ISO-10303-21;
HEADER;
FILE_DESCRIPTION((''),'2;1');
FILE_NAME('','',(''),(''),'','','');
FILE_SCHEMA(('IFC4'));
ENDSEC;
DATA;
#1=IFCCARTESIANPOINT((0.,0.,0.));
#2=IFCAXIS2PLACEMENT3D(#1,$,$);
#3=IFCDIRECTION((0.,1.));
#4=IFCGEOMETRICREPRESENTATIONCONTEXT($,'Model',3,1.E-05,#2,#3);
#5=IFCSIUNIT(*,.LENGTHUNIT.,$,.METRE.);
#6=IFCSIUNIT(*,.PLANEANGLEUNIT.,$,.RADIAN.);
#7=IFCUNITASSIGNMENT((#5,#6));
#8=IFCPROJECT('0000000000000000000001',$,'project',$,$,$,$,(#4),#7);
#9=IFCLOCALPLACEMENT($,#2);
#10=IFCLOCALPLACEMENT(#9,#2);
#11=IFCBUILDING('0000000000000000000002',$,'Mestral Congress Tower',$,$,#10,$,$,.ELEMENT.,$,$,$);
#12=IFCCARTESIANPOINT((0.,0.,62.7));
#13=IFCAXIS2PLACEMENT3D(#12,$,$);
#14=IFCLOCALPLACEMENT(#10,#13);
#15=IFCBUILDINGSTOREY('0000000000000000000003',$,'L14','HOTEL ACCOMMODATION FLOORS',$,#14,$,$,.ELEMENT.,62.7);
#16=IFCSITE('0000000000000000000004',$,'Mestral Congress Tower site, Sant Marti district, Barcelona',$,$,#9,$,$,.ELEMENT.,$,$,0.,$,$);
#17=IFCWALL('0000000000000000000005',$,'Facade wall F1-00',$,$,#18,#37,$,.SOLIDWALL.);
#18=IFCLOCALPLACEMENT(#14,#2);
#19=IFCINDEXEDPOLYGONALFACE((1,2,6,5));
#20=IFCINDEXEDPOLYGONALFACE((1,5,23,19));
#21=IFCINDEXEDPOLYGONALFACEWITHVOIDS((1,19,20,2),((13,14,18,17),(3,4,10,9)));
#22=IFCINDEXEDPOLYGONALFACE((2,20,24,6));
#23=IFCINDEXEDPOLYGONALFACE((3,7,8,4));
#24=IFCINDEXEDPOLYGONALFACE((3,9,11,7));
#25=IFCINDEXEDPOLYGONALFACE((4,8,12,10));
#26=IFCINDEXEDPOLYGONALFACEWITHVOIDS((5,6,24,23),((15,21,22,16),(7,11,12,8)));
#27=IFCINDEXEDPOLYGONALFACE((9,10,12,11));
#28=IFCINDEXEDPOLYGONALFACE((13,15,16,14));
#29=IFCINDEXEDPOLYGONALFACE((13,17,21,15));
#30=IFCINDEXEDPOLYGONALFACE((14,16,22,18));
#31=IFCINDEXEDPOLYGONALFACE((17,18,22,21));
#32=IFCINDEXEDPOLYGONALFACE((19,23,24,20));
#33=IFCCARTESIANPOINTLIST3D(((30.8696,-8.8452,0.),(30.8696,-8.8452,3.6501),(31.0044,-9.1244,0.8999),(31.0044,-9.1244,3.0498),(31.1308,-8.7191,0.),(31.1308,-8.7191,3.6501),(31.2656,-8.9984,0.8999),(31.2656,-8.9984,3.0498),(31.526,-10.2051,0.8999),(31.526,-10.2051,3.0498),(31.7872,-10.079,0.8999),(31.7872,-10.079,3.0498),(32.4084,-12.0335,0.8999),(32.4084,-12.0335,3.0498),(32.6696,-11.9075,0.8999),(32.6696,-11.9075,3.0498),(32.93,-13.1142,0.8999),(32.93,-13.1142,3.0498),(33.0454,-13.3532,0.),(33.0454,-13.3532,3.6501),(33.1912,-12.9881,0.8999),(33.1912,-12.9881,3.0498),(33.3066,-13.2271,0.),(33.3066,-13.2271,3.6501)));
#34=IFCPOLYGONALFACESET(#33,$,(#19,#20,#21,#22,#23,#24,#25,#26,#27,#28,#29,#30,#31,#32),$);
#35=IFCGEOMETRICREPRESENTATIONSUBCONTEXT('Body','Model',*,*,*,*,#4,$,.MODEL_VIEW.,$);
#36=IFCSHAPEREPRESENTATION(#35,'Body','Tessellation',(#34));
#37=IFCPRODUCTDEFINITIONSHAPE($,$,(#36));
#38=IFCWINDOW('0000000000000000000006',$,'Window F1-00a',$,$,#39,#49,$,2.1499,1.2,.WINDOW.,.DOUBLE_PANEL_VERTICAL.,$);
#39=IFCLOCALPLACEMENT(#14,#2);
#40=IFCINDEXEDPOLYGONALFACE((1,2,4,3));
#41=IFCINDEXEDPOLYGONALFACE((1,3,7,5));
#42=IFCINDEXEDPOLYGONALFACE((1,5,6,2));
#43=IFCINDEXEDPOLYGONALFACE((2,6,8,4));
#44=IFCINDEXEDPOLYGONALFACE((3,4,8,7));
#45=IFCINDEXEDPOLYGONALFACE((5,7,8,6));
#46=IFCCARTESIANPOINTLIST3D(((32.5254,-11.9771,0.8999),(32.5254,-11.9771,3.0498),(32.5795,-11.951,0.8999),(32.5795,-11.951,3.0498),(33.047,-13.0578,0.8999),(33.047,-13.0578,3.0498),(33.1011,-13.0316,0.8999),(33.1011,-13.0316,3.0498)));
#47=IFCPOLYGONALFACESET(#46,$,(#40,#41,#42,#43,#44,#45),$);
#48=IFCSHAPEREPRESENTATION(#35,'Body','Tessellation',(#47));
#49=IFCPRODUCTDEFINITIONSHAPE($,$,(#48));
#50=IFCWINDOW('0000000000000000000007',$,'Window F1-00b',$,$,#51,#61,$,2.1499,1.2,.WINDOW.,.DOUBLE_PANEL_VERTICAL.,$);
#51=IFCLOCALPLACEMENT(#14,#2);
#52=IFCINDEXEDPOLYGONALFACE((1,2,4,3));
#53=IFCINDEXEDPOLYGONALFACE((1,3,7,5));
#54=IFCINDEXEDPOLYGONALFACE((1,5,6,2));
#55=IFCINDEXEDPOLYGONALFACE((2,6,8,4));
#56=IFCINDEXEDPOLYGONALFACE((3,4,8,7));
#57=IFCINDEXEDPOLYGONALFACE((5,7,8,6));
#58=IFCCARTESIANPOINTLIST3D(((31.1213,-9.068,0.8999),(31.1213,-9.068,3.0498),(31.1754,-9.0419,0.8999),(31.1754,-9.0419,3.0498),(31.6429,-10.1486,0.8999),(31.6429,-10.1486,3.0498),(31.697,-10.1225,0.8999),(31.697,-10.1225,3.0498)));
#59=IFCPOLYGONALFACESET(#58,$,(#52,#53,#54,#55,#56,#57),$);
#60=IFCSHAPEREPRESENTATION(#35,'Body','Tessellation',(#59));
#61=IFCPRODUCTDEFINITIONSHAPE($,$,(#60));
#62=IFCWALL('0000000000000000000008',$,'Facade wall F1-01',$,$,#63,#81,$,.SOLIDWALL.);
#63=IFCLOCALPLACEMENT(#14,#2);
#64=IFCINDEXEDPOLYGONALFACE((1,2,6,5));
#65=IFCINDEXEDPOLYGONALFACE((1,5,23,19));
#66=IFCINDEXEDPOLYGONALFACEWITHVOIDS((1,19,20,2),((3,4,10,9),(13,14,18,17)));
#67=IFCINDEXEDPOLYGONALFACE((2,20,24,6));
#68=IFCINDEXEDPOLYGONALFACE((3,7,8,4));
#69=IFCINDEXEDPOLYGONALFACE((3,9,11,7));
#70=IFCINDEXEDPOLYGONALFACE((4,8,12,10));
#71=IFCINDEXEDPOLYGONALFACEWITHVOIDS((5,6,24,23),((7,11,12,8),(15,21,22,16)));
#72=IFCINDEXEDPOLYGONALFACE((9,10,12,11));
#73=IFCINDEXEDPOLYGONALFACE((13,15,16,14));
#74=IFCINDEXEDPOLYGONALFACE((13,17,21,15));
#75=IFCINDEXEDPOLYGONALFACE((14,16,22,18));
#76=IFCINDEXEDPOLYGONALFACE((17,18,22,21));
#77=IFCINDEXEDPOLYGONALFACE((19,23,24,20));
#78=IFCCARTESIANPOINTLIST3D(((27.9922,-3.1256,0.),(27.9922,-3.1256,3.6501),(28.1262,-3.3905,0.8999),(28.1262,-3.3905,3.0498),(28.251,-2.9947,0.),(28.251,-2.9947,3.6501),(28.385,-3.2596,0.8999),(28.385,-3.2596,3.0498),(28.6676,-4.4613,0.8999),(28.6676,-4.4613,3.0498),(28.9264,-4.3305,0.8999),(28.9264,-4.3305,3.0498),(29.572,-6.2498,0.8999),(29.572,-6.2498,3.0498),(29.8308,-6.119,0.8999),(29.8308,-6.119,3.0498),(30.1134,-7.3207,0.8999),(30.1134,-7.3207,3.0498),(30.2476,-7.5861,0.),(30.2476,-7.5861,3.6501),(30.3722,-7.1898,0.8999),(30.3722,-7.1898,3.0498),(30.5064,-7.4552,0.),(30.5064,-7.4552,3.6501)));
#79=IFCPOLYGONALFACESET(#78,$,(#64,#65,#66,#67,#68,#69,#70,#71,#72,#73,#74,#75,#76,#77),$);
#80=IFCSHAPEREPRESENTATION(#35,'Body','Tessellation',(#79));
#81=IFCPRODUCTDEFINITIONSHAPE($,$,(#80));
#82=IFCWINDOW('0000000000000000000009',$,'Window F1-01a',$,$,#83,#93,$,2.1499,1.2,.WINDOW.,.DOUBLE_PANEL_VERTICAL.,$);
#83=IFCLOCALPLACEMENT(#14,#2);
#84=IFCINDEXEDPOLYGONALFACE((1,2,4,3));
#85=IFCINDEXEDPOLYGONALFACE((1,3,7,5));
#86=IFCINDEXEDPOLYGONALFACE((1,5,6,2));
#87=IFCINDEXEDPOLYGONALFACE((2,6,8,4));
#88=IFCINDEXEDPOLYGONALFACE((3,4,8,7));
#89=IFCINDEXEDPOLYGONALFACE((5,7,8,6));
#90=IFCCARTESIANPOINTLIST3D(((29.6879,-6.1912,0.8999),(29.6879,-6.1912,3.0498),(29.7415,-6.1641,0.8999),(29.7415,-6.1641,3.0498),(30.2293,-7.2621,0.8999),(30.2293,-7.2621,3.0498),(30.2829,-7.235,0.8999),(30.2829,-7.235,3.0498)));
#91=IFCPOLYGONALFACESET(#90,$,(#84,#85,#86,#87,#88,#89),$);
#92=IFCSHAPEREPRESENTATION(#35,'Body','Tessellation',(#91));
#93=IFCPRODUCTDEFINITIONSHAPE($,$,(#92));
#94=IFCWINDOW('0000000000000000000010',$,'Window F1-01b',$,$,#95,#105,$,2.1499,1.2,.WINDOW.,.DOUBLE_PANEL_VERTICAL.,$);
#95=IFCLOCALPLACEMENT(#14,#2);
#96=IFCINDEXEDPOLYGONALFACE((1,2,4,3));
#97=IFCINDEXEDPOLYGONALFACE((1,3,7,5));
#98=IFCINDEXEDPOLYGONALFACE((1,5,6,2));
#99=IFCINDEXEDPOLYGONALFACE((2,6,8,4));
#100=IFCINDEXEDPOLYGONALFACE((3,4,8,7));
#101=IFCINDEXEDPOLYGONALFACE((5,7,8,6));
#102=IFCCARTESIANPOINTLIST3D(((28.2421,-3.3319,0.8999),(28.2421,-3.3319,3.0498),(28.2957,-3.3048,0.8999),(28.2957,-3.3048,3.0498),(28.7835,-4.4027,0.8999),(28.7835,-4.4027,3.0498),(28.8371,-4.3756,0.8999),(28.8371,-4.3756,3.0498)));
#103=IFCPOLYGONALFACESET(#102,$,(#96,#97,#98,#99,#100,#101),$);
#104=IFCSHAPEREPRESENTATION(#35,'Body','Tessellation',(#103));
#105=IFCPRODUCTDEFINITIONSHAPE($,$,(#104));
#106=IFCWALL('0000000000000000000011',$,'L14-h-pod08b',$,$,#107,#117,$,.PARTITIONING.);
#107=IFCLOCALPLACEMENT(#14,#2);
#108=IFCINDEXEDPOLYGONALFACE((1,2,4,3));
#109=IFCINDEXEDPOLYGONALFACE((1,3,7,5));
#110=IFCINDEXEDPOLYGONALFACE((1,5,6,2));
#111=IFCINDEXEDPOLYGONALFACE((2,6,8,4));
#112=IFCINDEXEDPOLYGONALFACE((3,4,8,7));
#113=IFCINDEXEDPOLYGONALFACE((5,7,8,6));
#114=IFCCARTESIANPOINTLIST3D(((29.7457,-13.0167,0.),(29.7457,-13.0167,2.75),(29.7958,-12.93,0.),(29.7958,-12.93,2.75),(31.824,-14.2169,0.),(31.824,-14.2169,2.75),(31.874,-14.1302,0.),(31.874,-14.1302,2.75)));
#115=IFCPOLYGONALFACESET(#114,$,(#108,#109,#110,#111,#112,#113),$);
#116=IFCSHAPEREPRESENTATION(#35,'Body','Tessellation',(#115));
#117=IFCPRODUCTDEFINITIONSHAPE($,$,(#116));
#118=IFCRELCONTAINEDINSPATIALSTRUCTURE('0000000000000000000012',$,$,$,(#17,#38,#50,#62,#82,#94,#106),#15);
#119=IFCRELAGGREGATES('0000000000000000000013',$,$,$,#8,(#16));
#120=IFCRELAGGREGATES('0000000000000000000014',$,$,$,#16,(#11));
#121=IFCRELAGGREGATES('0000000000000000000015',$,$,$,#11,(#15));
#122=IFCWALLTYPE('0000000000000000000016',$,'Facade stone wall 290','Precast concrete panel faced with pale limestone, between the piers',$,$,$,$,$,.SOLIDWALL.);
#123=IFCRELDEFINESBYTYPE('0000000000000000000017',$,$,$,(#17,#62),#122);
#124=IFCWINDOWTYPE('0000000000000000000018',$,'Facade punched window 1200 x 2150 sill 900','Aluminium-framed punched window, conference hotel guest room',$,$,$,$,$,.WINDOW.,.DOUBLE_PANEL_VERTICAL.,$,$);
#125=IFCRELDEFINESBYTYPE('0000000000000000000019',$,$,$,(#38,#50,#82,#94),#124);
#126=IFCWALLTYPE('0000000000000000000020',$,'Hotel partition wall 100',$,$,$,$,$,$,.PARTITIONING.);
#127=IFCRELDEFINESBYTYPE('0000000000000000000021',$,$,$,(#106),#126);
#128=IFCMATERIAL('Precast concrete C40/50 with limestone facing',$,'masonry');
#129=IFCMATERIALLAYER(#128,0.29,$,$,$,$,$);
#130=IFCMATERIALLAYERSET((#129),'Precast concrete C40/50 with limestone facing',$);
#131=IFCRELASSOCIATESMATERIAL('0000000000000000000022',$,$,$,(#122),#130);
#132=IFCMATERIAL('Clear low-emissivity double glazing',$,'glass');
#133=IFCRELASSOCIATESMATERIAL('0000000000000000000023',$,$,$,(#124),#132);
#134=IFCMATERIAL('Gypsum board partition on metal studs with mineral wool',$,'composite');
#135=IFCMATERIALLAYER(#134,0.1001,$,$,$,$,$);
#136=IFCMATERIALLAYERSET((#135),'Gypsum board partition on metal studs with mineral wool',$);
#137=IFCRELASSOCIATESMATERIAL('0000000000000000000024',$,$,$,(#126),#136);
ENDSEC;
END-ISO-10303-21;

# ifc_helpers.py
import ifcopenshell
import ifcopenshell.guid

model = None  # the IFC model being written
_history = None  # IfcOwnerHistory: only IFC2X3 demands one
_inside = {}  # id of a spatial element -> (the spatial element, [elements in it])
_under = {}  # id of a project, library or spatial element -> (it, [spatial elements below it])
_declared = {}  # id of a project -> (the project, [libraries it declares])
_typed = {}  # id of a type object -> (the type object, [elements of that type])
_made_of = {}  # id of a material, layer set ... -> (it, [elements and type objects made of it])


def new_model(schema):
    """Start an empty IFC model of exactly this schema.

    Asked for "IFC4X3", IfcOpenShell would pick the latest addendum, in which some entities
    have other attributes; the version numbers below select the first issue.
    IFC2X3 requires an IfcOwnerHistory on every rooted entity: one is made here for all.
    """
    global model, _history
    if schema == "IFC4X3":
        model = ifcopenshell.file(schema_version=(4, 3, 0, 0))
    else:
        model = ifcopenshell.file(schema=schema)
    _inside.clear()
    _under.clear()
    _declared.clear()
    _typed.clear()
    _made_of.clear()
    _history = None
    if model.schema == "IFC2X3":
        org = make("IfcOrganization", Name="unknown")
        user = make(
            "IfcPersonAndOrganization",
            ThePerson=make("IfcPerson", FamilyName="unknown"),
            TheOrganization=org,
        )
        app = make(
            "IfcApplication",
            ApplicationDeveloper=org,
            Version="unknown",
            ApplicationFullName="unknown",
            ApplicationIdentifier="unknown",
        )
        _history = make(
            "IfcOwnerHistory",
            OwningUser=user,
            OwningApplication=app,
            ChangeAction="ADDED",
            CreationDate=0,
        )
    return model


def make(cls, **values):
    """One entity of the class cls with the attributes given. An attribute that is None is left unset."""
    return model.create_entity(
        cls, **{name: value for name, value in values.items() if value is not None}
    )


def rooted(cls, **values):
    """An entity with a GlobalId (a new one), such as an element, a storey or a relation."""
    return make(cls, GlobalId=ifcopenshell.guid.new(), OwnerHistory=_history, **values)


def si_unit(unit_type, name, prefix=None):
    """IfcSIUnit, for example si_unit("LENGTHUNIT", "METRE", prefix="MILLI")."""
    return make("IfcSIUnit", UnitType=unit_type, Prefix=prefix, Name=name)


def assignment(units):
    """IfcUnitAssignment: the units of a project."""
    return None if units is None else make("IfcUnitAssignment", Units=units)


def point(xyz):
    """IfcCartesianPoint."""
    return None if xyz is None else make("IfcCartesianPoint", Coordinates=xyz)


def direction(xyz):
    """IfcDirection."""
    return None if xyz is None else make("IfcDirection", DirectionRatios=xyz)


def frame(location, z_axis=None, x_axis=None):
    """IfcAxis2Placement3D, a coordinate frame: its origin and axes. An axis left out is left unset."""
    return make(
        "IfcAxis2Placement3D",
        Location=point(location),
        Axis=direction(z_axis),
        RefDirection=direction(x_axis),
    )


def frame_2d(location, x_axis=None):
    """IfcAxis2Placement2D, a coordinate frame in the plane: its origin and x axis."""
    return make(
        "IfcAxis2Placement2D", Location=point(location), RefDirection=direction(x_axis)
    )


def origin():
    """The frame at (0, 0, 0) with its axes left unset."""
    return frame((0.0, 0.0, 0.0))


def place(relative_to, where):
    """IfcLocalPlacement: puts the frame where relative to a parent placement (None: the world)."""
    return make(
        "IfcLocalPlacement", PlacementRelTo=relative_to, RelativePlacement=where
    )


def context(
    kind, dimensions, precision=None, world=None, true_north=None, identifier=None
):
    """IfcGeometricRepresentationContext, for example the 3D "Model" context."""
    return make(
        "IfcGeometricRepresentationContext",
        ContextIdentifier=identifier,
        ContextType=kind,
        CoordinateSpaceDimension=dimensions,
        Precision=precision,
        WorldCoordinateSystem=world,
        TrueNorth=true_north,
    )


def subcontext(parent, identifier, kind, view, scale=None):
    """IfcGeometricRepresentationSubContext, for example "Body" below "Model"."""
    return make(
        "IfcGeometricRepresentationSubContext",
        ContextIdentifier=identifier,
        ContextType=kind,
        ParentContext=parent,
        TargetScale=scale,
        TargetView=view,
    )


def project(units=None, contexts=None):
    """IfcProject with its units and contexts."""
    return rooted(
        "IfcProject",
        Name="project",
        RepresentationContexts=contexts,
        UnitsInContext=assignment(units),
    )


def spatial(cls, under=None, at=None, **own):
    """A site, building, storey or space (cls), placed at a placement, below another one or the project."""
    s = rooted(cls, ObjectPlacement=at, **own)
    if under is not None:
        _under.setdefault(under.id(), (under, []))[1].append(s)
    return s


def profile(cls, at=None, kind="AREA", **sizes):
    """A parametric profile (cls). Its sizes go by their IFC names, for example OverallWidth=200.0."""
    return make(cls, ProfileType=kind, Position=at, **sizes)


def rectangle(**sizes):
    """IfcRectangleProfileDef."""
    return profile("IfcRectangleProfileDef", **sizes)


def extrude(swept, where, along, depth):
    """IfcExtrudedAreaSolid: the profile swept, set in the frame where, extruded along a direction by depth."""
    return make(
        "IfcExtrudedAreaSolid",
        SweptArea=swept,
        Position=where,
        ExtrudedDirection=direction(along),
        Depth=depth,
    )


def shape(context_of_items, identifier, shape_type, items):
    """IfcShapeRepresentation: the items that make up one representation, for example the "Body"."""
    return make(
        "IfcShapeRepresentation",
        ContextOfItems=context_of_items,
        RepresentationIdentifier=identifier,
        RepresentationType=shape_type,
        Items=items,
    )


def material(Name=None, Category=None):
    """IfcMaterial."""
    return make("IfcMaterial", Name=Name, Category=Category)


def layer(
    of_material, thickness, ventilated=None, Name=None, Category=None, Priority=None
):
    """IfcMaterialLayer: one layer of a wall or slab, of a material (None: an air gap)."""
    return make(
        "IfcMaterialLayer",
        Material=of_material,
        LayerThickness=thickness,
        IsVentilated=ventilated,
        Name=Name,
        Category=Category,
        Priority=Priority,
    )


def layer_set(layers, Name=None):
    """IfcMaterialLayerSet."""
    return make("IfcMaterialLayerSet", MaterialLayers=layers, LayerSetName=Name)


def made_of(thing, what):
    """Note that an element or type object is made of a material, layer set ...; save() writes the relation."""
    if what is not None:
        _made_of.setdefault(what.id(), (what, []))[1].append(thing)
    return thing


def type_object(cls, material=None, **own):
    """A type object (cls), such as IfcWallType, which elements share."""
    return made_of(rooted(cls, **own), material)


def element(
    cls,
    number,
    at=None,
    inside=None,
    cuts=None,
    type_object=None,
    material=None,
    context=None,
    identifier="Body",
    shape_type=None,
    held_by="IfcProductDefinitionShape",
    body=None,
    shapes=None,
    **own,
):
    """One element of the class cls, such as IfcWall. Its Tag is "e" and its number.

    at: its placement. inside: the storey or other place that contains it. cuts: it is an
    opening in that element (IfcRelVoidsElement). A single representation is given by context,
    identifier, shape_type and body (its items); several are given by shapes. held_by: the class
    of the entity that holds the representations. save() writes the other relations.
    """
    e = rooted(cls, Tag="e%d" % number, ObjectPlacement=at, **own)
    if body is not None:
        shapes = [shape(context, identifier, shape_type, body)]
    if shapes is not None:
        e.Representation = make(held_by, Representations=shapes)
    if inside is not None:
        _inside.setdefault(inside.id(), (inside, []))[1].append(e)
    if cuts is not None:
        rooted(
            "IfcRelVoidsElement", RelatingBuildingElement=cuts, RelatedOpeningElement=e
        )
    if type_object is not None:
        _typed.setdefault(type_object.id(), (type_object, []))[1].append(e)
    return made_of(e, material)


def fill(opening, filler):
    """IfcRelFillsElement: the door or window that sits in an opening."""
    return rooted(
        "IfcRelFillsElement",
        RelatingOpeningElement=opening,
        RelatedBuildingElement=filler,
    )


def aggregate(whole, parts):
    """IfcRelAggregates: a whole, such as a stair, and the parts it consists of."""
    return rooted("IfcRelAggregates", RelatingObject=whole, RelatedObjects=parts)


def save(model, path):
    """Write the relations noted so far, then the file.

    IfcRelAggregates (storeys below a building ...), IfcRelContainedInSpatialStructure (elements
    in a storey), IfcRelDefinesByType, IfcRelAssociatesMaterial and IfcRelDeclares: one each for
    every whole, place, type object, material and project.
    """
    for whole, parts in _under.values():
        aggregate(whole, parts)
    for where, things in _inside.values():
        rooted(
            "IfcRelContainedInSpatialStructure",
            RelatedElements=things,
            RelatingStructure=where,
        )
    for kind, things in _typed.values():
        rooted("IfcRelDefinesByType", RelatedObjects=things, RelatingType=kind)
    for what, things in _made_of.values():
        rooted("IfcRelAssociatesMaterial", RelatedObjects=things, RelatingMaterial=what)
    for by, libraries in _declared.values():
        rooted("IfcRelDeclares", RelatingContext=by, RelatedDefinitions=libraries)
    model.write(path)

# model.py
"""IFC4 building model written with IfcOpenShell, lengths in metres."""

from ifc_helpers import new_model, si_unit, direction, frame, frame_2d, origin, place, context, subcontext, project, spatial, rectangle, extrude, material, layer, layer_set, type_object, element, fill, save


model = new_model("IFC4")

# Units and contexts
model_context = context("Model", 3, precision=1e-05, world=origin(), true_north=direction((0.0, 1.0)))
body_context = subcontext(model_context, "Body", "Model", "MODEL_VIEW")
ifc_project = project(units=[si_unit("LENGTHUNIT", "METRE"), si_unit("PLANEANGLEUNIT", "RADIAN")], contexts=[model_context])

# Site, building, storey
site_placement = place(None, origin())
site = spatial("IfcSite", under=ifc_project, at=site_placement, Name="Mestral Congress Tower site, Sant Marti district, Barcelona", CompositionType="ELEMENT", RefElevation=0.0)
building_placement = place(site_placement, origin())
building = spatial("IfcBuilding", under=site, at=building_placement, Name="Mestral Congress Tower", CompositionType="ELEMENT")
storey_placement = place(building_placement, frame((0.0, 0.0, 62.7)))
storey = spatial("IfcBuildingStorey", under=building, at=storey_placement, Name="L14", Description="HOTEL ACCOMMODATION FLOORS", CompositionType="ELEMENT", Elevation=62.7)

# Shared definitions
ifc_material_1 = material(Name="Precast concrete C40/50 with limestone facing", Category="masonry")
ifc_layer_1 = layer(ifc_material_1, 0.29)
ifc_layer_set_1 = layer_set([ifc_layer_1], Name="Precast concrete C40/50 with limestone facing")
wall_type_1 = type_object("IfcWallType", Name="Facade stone wall 290", Description="Precast concrete panel faced with pale limestone, between the piers", PredefinedType="SOLIDWALL", material=ifc_layer_set_1)
ifc_material_2 = material(Name="Clear low-emissivity double glazing", Category="glass")

# Walls, openings, windows
wall_1_placement = place(storey_placement, frame((33.176, -13.2903, 0.0), z_axis=(0.0, 0.0, 1.0), x_axis=(-0.434664, 0.900592, 0.0)))
wall_1 = element("IfcWall", 1, at=wall_1_placement, inside=storey, type_object=wall_type_1, Name="Facade wall F1-00", PredefinedType="SOLIDWALL", context=body_context, shape_type="SweptSolid", body=[
    extrude(rectangle(XDim=5.0056, YDim=0.29, at=frame_2d((2.5029, 0.0))), origin(), (0.0, 0.0, 1.0), 3.6501),
])
opening_1_placement = place(wall_1_placement, frame((0.2654, 0.0, 0.8999)))
opening_1 = element("IfcOpeningElement", 2, at=opening_1_placement, cuts=wall_1, PredefinedType="OPENING", context=body_context, shape_type="SweptSolid", body=[
    extrude(rectangle(XDim=1.2, YDim=2.1499, at=frame_2d((0.6001, 1.075))), frame((0.0, 0.155, 0.0), z_axis=(0.0, -1.0, 0.0), x_axis=(1.0, 0.0, 0.0)), (0.0, 0.0, 1.0), 0.3101),
])
opening_2_placement = place(wall_1_placement, frame((3.4956, 0.0, 0.8999)))
opening_2 = element("IfcOpeningElement", 3, at=opening_2_placement, cuts=wall_1, PredefinedType="OPENING", context=body_context, shape_type="SweptSolid", body=[
    extrude(rectangle(XDim=1.2, YDim=2.1499, at=frame_2d((0.6001, 1.075))), frame((0.0, 0.155, 0.0), z_axis=(0.0, -1.0, 0.0), x_axis=(1.0, 0.0, 0.0)), (0.0, 0.0, 1.0), 0.3101),
])
window_type_1 = type_object("IfcWindowType", Name="Facade punched window 1200 x 2150 sill 900", Description="Aluminium-framed punched window, conference hotel guest room", PartitioningType="DOUBLE_PANEL_VERTICAL", PredefinedType="WINDOW", material=ifc_material_2)
window_1_placement = place(opening_1_placement, origin())
window_1 = element("IfcWindow", 4, at=window_1_placement, inside=storey, type_object=window_type_1, Name="Window F1-00a", OverallHeight=2.1499, OverallWidth=1.2, PartitioningType="DOUBLE_PANEL_VERTICAL", PredefinedType="WINDOW", context=body_context, shape_type="SweptSolid", body=[
    extrude(rectangle(XDim=1.2, YDim=2.1499, at=frame_2d((0.6001, 1.075))), frame((0.0, 0.0151, 0.0), z_axis=(0.0, -1.0, 0.0), x_axis=(1.0, 0.0, 0.0)), (0.0, 0.0, 1.0), 0.0601),
])
fill(opening_1, window_1)
window_2_placement = place(opening_2_placement, origin())
window_2 = element("IfcWindow", 5, at=window_2_placement, inside=storey, type_object=window_type_1, Name="Window F1-00b", OverallHeight=2.1499, OverallWidth=1.2, PartitioningType="DOUBLE_PANEL_VERTICAL", PredefinedType="WINDOW", context=body_context, shape_type="SweptSolid", body=[
    extrude(rectangle(XDim=1.2, YDim=2.1499, at=frame_2d((0.6001, 1.075))), frame((0.0, 0.0151, 0.0), z_axis=(0.0, -1.0, 0.0), x_axis=(1.0, 0.0, 0.0)), (0.0, 0.0, 1.0), 0.0601),
])
fill(opening_2, window_2)
wall_2_placement = place(storey_placement, frame((30.377, -7.5205, 0.0), z_axis=(0.0, 0.0, 1.0), x_axis=(-0.451234, 0.892406, 0.0)))
wall_2 = element("IfcWall", 6, at=wall_2_placement, inside=storey, type_object=wall_type_1, Name="Facade wall F1-01", PredefinedType="SOLIDWALL", context=body_context, shape_type="SweptSolid", body=[
    extrude(rectangle(XDim=4.9983, YDim=0.29, at=frame_2d((2.499, 0.0))), origin(), (0.0, 0.0, 1.0), 3.6501),
])
opening_3_placement = place(wall_2_placement, frame((0.2971, 0.0, 0.8999)))
opening_3 = element("IfcOpeningElement", 7, at=opening_3_placement, cuts=wall_2, PredefinedType="OPENING", context=body_context, shape_type="SweptSolid", body=[
    extrude(rectangle(XDim=1.2, YDim=2.1499, at=frame_2d((0.6001, 1.075))), frame((0.0, 0.155, 0.0), z_axis=(0.0, -1.0, 0.0), x_axis=(1.0, 0.0, 0.0)), (0.0, 0.0, 1.0), 0.3101),
])
opening_4_placement = place(wall_2_placement, frame((3.5012, 0.0, 0.8999)))
opening_4 = element("IfcOpeningElement", 8, at=opening_4_placement, cuts=wall_2, PredefinedType="OPENING", context=body_context, shape_type="SweptSolid", body=[
    extrude(rectangle(XDim=1.2, YDim=2.1499, at=frame_2d((0.6001, 1.075))), frame((0.0, 0.155, 0.0), z_axis=(0.0, -1.0, 0.0), x_axis=(1.0, 0.0, 0.0)), (0.0, 0.0, 1.0), 0.3101),
])
window_3_placement = place(opening_3_placement, origin())
window_3 = element("IfcWindow", 9, at=window_3_placement, inside=storey, type_object=window_type_1, Name="Window F1-01a", OverallHeight=2.1499, OverallWidth=1.2, PartitioningType="DOUBLE_PANEL_VERTICAL", PredefinedType="WINDOW", context=body_context, shape_type="SweptSolid", body=[
    extrude(rectangle(XDim=1.2, YDim=2.1499, at=frame_2d((0.6001, 1.075))), frame((0.0, 0.0151, 0.0), z_axis=(0.0, -1.0, 0.0), x_axis=(1.0, 0.0, 0.0)), (0.0, 0.0, 1.0), 0.0601),
])
fill(opening_3, window_3)
window_4_placement = place(opening_4_placement, origin())
window_4 = element("IfcWindow", 10, at=window_4_placement, inside=storey, type_object=window_type_1, Name="Window F1-01b", OverallHeight=2.1499, OverallWidth=1.2, PartitioningType="DOUBLE_PANEL_VERTICAL", PredefinedType="WINDOW", context=body_context, shape_type="SweptSolid", body=[
    extrude(rectangle(XDim=1.2, YDim=2.1499, at=frame_2d((0.6001, 1.075))), frame((0.0, 0.0151, 0.0), z_axis=(0.0, -1.0, 0.0), x_axis=(1.0, 0.0, 0.0)), (0.0, 0.0, 1.0), 0.0601),
])
fill(opening_4, window_4)

# Wall
ifc_material_3 = material(Name="Gypsum board partition on metal studs with mineral wool", Category="composite")
ifc_layer_2 = layer(ifc_material_3, 0.1001)
ifc_layer_set_2 = layer_set([ifc_layer_2], Name="Gypsum board partition on metal studs with mineral wool")
wall_type_2 = type_object("IfcWallType", Name="Hotel partition wall 100", PredefinedType="PARTITIONING", material=ifc_layer_set_2)
wall_3_placement = place(storey_placement, frame((29.7708, -12.9734, 0.0), z_axis=(0.0, 0.0, 1.0), x_axis=(0.865981, -0.500078, 0.0)))
element("IfcWall", 11, at=wall_3_placement, inside=storey, type_object=wall_type_2, Name="L14-h-pod08b", PredefinedType="PARTITIONING", context=body_context, shape_type="SweptSolid", body=[
    extrude(rectangle(XDim=2.3999, YDim=0.1001, at=frame_2d((1.2, 0.0))), origin(), (0.0, 0.0, 1.0), 2.75),
])

save(model, "model.ifc")
